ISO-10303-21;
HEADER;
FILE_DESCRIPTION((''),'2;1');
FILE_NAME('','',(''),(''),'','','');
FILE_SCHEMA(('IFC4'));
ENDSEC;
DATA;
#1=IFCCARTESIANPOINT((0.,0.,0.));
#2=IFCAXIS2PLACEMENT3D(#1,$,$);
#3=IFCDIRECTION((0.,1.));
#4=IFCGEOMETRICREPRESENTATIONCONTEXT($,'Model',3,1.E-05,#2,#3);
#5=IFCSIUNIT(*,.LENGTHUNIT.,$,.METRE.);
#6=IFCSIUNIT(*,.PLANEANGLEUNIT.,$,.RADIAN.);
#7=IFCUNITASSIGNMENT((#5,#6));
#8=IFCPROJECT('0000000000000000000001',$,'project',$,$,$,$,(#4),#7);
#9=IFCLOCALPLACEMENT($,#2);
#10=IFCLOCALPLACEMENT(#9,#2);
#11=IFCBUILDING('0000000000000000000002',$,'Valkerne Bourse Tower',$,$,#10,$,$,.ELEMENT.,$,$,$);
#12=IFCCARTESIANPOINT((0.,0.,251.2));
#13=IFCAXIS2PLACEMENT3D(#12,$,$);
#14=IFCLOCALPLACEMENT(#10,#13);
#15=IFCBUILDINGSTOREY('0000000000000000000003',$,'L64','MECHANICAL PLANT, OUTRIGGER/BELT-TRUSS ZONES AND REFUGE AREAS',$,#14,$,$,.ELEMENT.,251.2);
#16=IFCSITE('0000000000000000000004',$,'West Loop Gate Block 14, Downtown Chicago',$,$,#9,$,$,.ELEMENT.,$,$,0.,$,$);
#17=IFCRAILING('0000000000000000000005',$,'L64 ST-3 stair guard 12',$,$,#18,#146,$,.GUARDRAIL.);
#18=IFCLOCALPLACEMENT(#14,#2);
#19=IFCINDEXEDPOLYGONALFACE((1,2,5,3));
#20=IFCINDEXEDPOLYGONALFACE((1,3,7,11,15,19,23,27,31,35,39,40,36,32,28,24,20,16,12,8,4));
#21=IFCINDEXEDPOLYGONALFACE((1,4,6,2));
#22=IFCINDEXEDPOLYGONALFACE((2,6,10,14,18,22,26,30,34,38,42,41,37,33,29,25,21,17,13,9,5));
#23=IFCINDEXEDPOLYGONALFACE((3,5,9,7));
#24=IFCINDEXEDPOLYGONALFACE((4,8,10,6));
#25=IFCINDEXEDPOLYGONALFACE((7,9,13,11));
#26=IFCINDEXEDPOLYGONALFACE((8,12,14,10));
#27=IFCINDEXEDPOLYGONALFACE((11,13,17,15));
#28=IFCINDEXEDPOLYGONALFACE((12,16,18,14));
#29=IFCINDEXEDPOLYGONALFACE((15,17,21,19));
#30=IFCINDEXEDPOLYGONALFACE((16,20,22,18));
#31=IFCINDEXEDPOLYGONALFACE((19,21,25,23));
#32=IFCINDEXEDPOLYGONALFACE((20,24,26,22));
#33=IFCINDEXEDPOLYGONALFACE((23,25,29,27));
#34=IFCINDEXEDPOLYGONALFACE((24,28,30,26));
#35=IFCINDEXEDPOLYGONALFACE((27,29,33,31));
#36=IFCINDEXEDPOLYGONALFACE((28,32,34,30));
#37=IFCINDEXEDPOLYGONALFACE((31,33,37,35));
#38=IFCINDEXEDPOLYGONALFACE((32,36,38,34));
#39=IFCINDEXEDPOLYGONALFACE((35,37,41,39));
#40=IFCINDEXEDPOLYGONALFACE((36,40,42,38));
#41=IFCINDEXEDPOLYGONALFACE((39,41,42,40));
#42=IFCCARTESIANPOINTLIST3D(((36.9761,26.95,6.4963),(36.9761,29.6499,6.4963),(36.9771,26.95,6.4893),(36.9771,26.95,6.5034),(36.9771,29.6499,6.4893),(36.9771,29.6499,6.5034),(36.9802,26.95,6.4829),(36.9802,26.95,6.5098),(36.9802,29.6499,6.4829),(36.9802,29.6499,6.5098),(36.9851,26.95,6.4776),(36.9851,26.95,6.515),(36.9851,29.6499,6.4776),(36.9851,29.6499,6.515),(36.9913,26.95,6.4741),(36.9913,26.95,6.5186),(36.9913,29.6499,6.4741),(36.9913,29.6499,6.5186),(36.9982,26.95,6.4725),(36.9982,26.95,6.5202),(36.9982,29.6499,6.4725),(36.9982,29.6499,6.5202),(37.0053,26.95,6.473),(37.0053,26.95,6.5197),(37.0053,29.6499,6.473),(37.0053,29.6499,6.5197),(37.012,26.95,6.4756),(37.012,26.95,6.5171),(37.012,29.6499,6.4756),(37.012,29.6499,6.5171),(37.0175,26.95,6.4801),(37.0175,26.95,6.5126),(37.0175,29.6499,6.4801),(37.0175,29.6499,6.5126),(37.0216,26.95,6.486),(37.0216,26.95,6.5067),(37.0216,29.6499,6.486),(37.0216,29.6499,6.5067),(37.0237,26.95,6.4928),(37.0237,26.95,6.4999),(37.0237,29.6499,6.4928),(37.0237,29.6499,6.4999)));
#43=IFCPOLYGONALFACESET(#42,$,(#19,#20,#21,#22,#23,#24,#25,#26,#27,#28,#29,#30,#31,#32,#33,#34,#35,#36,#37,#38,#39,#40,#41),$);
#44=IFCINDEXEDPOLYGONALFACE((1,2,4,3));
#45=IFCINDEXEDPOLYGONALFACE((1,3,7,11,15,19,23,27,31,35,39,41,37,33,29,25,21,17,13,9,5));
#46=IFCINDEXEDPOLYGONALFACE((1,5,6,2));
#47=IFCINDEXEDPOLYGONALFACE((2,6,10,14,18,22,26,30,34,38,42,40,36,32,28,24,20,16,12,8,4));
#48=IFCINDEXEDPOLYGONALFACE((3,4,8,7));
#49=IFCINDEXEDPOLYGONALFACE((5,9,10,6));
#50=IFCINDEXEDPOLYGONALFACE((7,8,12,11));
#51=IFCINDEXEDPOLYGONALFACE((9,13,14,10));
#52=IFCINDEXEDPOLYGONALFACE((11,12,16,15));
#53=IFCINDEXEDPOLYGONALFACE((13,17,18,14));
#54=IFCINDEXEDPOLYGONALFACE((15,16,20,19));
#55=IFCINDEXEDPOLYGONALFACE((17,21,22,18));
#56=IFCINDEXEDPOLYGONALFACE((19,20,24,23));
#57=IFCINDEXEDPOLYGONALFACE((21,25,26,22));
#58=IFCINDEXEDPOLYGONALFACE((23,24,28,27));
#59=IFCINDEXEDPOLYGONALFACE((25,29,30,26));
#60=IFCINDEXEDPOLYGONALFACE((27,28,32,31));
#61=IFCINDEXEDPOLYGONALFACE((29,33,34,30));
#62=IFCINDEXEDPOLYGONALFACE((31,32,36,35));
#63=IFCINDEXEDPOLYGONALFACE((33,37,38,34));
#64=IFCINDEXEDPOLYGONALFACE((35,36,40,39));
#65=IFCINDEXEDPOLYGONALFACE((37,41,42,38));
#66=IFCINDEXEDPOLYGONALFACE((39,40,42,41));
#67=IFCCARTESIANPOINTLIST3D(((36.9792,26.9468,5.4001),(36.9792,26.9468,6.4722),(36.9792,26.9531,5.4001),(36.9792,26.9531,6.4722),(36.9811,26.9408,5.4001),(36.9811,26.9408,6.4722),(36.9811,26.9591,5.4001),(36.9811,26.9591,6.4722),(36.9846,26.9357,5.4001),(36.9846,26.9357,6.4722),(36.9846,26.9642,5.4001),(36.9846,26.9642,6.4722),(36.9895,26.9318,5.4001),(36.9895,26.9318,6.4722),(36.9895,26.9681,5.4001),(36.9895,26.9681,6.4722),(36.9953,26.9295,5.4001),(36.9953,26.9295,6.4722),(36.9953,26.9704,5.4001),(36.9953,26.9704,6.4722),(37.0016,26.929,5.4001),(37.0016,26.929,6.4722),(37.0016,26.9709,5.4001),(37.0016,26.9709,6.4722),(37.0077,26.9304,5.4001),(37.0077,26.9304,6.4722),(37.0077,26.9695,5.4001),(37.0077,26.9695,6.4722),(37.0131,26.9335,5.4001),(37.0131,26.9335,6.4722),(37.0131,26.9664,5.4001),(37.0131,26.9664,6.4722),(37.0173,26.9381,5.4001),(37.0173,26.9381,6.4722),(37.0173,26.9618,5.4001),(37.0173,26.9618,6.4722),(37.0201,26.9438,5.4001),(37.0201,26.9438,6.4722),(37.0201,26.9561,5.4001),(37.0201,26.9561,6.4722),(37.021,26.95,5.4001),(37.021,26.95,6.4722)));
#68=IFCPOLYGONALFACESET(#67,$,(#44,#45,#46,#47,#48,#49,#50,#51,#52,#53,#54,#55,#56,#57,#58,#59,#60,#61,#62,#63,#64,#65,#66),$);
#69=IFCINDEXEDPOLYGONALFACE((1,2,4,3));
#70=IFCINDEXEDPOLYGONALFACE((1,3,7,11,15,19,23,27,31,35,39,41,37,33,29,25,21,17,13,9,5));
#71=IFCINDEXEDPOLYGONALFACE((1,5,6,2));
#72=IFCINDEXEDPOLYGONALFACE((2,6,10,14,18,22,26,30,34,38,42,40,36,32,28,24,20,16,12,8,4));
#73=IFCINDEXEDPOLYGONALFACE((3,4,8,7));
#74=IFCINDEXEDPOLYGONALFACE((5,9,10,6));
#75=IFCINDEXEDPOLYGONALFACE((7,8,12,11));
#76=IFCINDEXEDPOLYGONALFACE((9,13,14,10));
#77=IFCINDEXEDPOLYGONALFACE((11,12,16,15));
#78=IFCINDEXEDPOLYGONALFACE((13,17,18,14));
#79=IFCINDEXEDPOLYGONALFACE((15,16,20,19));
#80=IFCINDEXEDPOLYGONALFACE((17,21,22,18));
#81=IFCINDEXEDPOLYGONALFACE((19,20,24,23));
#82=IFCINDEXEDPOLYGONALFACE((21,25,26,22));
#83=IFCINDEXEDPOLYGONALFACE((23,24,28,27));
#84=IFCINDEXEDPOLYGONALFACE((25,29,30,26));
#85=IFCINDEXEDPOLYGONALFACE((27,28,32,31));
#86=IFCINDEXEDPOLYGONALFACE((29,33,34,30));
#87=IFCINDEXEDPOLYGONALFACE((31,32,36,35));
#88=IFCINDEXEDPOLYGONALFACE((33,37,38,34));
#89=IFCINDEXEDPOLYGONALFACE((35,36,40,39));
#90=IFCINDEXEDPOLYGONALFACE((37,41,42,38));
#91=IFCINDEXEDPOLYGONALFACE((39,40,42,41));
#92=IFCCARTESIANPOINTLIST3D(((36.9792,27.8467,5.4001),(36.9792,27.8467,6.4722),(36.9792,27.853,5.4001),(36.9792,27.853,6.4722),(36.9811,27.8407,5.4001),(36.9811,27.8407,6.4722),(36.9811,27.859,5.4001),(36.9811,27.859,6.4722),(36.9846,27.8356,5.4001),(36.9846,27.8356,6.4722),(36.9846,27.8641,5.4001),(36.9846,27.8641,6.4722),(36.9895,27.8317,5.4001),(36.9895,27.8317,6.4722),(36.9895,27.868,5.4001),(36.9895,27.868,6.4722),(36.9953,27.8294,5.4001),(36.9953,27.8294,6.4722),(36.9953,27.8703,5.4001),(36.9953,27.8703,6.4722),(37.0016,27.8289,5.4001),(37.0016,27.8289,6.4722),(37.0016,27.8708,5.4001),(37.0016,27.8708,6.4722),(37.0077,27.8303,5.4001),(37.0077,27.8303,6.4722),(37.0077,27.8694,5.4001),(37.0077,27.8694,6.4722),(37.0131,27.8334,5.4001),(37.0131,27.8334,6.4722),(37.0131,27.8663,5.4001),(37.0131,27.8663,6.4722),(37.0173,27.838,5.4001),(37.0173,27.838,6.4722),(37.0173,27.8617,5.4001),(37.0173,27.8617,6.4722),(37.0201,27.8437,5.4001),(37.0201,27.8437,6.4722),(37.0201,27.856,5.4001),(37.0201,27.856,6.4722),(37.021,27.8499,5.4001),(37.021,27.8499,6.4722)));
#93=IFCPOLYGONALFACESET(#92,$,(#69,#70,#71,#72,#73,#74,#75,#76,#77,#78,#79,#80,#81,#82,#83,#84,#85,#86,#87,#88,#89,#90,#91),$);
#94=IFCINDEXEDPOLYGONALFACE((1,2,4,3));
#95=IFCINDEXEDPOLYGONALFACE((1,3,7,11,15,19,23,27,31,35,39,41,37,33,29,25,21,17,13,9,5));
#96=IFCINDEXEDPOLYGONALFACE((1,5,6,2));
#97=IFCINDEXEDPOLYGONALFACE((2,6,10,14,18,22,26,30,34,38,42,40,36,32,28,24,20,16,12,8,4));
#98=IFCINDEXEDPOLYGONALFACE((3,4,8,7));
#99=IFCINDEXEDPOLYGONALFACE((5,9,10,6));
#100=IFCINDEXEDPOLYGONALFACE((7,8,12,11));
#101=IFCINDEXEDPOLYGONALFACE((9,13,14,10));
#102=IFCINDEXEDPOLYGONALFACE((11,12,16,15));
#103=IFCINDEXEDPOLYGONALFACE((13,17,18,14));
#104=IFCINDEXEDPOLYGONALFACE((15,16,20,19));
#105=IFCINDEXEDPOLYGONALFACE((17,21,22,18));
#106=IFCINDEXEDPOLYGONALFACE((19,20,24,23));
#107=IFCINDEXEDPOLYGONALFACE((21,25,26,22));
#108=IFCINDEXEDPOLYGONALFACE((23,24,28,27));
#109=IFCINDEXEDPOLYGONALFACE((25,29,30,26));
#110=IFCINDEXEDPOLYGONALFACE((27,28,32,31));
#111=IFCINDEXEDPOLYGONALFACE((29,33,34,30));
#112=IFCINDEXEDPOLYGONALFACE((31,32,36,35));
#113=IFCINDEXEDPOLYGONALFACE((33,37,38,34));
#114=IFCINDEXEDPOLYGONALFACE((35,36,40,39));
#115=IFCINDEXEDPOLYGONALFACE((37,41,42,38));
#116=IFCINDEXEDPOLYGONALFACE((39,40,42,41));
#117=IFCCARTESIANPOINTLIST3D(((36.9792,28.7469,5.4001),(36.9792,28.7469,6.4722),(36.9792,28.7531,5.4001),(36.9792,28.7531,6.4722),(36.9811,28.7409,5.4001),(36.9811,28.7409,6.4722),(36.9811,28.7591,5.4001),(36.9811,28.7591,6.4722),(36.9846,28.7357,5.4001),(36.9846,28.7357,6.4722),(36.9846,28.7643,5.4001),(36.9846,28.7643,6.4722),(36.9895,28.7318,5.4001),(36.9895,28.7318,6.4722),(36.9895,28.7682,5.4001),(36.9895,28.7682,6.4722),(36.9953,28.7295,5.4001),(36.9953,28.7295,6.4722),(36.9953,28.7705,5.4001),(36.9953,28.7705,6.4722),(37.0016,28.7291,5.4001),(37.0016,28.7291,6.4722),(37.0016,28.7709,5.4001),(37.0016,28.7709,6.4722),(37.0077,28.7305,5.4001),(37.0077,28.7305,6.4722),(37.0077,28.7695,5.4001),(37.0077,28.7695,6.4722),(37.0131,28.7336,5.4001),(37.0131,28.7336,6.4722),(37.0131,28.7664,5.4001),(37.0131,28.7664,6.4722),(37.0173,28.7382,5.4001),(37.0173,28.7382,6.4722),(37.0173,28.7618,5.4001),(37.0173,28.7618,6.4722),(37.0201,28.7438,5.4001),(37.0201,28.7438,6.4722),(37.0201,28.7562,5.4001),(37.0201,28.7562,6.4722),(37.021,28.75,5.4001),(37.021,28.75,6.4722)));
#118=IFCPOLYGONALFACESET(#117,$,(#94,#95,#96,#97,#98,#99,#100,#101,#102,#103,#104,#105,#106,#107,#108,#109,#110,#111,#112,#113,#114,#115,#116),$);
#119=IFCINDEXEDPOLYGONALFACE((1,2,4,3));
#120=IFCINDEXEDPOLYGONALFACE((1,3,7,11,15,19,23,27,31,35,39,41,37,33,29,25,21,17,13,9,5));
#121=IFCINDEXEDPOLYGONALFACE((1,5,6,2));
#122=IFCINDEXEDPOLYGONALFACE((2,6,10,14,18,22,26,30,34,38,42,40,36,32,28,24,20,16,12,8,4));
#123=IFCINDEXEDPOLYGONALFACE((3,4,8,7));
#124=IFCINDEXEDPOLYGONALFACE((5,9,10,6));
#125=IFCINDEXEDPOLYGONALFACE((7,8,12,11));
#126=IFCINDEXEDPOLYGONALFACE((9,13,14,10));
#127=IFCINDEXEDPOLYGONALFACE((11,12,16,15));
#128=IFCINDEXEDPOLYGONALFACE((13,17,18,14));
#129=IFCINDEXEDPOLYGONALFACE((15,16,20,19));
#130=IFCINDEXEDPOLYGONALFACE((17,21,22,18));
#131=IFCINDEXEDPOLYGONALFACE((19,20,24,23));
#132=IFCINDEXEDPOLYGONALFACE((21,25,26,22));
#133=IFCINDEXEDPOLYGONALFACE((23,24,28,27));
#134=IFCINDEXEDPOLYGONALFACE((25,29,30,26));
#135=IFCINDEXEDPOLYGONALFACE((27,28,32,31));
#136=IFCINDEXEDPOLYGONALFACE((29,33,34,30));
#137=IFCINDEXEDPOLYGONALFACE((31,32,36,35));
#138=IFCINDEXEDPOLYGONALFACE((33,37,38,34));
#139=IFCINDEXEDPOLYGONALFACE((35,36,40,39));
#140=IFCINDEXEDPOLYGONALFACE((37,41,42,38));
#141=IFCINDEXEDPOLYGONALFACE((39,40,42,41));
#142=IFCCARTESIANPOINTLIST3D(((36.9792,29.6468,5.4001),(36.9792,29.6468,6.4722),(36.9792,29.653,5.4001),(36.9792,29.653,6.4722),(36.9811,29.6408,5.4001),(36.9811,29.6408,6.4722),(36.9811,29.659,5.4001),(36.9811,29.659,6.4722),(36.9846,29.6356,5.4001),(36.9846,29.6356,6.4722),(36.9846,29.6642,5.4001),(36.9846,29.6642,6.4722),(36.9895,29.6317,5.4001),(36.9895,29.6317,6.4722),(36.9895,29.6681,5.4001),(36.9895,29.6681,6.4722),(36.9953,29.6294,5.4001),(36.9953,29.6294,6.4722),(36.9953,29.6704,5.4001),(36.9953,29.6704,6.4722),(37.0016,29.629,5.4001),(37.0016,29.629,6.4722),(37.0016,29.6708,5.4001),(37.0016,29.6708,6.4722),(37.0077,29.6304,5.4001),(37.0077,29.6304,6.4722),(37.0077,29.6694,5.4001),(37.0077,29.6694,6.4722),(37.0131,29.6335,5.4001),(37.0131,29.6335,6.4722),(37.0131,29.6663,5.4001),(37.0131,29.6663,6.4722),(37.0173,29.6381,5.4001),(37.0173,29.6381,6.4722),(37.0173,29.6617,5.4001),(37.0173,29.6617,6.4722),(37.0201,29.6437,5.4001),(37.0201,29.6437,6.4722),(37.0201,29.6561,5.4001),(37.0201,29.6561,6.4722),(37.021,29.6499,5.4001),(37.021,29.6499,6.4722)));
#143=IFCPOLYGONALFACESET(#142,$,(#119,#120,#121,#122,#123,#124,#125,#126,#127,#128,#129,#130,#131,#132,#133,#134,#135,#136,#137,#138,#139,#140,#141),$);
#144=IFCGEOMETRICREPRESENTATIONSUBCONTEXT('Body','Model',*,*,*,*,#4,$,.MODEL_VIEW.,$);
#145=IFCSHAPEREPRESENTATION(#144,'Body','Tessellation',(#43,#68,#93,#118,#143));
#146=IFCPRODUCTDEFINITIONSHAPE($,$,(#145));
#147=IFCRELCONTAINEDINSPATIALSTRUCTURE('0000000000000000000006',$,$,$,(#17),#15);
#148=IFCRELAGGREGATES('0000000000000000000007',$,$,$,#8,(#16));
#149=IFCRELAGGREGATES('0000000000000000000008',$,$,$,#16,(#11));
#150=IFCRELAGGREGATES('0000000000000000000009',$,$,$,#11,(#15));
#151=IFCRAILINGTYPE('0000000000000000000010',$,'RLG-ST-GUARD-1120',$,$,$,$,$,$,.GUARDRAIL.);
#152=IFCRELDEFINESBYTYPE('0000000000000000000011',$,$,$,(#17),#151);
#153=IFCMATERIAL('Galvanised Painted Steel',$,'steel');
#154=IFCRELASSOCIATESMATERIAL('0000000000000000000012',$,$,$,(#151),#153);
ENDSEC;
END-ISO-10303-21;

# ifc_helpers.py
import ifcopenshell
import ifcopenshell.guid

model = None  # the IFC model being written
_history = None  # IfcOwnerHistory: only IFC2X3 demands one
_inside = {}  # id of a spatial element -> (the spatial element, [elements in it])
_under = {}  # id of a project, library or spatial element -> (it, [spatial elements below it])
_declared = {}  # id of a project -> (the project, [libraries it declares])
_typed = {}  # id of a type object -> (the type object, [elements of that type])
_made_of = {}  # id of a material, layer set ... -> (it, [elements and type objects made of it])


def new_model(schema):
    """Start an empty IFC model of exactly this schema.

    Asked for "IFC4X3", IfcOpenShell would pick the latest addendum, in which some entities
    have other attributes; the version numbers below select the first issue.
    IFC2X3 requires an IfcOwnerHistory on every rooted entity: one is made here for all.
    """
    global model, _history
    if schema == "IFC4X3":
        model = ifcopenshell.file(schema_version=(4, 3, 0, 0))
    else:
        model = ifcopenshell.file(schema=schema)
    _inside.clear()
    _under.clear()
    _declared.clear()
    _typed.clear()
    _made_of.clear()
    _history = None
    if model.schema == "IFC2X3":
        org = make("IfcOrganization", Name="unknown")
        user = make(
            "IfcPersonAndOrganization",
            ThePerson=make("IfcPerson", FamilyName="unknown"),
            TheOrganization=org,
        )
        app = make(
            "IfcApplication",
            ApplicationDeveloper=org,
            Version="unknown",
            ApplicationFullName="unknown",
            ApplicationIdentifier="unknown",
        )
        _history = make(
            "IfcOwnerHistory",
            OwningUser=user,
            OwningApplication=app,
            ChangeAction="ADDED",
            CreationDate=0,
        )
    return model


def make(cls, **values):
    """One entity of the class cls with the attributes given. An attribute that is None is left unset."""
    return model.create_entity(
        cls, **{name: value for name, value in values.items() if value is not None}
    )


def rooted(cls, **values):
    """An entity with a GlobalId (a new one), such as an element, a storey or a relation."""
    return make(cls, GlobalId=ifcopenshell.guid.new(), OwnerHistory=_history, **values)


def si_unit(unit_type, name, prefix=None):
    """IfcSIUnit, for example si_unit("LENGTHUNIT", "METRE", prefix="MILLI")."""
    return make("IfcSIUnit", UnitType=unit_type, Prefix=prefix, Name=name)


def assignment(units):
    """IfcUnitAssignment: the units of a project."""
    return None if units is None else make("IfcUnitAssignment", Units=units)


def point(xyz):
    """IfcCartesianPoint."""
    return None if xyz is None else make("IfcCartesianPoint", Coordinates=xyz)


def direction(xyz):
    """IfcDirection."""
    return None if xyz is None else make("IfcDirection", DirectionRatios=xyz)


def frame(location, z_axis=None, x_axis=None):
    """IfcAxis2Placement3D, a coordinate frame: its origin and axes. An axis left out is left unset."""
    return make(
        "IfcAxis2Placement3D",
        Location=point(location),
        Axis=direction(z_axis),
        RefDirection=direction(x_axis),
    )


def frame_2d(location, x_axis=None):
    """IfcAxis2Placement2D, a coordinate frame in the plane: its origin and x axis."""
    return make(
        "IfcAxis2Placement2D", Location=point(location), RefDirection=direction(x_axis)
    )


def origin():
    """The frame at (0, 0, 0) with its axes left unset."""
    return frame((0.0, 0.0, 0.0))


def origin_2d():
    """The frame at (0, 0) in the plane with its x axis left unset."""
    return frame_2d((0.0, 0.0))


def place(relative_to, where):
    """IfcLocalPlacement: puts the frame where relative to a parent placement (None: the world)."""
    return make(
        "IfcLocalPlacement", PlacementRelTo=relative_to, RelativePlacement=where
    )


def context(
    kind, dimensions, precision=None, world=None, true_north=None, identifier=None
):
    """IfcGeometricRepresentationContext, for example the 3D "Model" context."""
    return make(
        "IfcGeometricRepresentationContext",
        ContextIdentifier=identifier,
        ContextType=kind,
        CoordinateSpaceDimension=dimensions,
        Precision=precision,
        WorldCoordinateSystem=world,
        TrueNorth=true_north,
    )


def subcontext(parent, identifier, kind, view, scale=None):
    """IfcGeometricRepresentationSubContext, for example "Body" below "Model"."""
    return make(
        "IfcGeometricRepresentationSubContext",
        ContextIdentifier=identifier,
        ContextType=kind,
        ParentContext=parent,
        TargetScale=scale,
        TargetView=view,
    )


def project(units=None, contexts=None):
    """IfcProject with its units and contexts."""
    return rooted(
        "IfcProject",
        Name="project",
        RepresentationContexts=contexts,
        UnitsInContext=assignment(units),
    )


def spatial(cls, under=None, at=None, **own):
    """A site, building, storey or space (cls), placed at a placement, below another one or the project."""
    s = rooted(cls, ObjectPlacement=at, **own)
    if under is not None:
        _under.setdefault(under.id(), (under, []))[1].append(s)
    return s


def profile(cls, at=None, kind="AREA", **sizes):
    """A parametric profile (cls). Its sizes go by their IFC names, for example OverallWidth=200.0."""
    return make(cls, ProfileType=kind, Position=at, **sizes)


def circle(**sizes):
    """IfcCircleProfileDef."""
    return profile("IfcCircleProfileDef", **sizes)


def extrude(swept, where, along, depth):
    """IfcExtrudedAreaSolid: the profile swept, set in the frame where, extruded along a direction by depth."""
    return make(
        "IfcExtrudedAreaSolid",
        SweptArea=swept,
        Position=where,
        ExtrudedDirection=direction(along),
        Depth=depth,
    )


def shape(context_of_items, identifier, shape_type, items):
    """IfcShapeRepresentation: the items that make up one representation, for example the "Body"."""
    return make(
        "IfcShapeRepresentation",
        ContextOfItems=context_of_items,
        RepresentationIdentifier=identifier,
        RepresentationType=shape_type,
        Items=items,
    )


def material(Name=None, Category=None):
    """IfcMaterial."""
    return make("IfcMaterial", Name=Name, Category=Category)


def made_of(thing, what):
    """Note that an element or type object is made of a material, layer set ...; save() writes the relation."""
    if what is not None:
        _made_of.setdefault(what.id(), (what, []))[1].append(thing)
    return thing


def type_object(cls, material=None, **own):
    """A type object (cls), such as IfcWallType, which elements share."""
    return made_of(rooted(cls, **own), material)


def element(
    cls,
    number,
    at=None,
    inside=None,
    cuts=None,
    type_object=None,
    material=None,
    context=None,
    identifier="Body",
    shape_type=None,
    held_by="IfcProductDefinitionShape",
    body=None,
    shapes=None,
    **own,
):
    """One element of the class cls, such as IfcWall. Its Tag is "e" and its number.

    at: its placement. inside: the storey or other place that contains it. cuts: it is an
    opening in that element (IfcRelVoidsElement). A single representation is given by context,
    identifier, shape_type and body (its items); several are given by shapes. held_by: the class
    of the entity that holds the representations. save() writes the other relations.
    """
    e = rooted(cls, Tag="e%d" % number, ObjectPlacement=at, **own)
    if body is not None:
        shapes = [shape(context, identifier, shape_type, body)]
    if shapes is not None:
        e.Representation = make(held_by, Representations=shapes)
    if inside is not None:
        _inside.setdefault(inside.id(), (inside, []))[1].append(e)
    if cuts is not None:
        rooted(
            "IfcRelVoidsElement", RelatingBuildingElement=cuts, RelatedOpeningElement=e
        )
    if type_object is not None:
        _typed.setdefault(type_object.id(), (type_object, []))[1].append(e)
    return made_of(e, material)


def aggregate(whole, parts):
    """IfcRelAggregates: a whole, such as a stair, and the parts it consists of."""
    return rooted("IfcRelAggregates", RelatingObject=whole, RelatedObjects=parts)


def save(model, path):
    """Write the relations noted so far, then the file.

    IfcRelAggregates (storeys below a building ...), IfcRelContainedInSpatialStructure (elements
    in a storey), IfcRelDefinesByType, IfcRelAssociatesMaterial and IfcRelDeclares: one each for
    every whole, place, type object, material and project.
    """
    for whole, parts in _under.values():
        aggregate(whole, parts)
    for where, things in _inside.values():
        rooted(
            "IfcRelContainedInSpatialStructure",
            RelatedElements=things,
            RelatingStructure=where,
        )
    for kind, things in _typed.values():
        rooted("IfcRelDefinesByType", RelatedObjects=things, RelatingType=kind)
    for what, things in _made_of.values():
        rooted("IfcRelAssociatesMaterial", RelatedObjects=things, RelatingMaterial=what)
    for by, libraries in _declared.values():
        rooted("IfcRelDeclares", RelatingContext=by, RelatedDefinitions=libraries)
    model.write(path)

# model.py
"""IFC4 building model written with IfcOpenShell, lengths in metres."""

from ifc_helpers import new_model, si_unit, direction, frame, origin, origin_2d, place, context, subcontext, project, spatial, circle, extrude, material, type_object, element, save


model = new_model("IFC4")

# Units and contexts
model_context = context("Model", 3, precision=1e-05, world=origin(), true_north=direction((0.0, 1.0)))
body_context = subcontext(model_context, "Body", "Model", "MODEL_VIEW")
ifc_project = project(units=[si_unit("LENGTHUNIT", "METRE"), si_unit("PLANEANGLEUNIT", "RADIAN")], contexts=[model_context])

# Site, building, storey
site_placement = place(None, origin())
site = spatial("IfcSite", under=ifc_project, at=site_placement, Name="West Loop Gate Block 14, Downtown Chicago", CompositionType="ELEMENT", RefElevation=0.0)
building_placement = place(site_placement, origin())
building = spatial("IfcBuilding", under=site, at=building_placement, Name="Valkerne Bourse Tower", CompositionType="ELEMENT")
storey_placement = place(building_placement, frame((0.0, 0.0, 251.2)))
storey = spatial("IfcBuildingStorey", under=building, at=storey_placement, Name="L64", Description="MECHANICAL PLANT, OUTRIGGER/BELT-TRUSS ZONES AND REFUGE AREAS", CompositionType="ELEMENT", Elevation=251.2)

# Shared definitions
ifc_material_1 = material(Name="Galvanised Painted Steel", Category="steel")

# Railing
railing_type_1 = type_object("IfcRailingType", Name="RLG-ST-GUARD-1120", PredefinedType="GUARDRAIL", material=ifc_material_1)
railing_1_placement = place(storey_placement, frame((37.0, 26.95, 5.4001)))
element("IfcRailing", 1, at=railing_1_placement, inside=storey, type_object=railing_type_1, Name="L64 ST-3 stair guard 12", PredefinedType="GUARDRAIL", context=body_context, shape_type="SweptSolid", body=[
    extrude(circle(Radius=0.0239, at=origin_2d()), frame((0.0, 0.0, 1.0962), z_axis=(0.0, 1.0, 0.0), x_axis=(-1.0, 0.0, 0.0)), (0.0, 0.0, 1.0), 2.7),
    extrude(circle(Radius=0.021, at=origin_2d()), origin(), (0.0, 0.0, 1.0), 1.072),
    extrude(circle(Radius=0.021, at=origin_2d()), frame((0.0, 0.8999, 0.0)), (0.0, 0.0, 1.0), 1.072),
    extrude(circle(Radius=0.021, at=origin_2d()), frame((0.0, 1.8, 0.0)), (0.0, 0.0, 1.0), 1.072),
    extrude(circle(Radius=0.021, at=origin_2d()), frame((0.0, 2.7, 0.0)), (0.0, 0.0, 1.0), 1.072),
])

save(model, "model.ifc")
